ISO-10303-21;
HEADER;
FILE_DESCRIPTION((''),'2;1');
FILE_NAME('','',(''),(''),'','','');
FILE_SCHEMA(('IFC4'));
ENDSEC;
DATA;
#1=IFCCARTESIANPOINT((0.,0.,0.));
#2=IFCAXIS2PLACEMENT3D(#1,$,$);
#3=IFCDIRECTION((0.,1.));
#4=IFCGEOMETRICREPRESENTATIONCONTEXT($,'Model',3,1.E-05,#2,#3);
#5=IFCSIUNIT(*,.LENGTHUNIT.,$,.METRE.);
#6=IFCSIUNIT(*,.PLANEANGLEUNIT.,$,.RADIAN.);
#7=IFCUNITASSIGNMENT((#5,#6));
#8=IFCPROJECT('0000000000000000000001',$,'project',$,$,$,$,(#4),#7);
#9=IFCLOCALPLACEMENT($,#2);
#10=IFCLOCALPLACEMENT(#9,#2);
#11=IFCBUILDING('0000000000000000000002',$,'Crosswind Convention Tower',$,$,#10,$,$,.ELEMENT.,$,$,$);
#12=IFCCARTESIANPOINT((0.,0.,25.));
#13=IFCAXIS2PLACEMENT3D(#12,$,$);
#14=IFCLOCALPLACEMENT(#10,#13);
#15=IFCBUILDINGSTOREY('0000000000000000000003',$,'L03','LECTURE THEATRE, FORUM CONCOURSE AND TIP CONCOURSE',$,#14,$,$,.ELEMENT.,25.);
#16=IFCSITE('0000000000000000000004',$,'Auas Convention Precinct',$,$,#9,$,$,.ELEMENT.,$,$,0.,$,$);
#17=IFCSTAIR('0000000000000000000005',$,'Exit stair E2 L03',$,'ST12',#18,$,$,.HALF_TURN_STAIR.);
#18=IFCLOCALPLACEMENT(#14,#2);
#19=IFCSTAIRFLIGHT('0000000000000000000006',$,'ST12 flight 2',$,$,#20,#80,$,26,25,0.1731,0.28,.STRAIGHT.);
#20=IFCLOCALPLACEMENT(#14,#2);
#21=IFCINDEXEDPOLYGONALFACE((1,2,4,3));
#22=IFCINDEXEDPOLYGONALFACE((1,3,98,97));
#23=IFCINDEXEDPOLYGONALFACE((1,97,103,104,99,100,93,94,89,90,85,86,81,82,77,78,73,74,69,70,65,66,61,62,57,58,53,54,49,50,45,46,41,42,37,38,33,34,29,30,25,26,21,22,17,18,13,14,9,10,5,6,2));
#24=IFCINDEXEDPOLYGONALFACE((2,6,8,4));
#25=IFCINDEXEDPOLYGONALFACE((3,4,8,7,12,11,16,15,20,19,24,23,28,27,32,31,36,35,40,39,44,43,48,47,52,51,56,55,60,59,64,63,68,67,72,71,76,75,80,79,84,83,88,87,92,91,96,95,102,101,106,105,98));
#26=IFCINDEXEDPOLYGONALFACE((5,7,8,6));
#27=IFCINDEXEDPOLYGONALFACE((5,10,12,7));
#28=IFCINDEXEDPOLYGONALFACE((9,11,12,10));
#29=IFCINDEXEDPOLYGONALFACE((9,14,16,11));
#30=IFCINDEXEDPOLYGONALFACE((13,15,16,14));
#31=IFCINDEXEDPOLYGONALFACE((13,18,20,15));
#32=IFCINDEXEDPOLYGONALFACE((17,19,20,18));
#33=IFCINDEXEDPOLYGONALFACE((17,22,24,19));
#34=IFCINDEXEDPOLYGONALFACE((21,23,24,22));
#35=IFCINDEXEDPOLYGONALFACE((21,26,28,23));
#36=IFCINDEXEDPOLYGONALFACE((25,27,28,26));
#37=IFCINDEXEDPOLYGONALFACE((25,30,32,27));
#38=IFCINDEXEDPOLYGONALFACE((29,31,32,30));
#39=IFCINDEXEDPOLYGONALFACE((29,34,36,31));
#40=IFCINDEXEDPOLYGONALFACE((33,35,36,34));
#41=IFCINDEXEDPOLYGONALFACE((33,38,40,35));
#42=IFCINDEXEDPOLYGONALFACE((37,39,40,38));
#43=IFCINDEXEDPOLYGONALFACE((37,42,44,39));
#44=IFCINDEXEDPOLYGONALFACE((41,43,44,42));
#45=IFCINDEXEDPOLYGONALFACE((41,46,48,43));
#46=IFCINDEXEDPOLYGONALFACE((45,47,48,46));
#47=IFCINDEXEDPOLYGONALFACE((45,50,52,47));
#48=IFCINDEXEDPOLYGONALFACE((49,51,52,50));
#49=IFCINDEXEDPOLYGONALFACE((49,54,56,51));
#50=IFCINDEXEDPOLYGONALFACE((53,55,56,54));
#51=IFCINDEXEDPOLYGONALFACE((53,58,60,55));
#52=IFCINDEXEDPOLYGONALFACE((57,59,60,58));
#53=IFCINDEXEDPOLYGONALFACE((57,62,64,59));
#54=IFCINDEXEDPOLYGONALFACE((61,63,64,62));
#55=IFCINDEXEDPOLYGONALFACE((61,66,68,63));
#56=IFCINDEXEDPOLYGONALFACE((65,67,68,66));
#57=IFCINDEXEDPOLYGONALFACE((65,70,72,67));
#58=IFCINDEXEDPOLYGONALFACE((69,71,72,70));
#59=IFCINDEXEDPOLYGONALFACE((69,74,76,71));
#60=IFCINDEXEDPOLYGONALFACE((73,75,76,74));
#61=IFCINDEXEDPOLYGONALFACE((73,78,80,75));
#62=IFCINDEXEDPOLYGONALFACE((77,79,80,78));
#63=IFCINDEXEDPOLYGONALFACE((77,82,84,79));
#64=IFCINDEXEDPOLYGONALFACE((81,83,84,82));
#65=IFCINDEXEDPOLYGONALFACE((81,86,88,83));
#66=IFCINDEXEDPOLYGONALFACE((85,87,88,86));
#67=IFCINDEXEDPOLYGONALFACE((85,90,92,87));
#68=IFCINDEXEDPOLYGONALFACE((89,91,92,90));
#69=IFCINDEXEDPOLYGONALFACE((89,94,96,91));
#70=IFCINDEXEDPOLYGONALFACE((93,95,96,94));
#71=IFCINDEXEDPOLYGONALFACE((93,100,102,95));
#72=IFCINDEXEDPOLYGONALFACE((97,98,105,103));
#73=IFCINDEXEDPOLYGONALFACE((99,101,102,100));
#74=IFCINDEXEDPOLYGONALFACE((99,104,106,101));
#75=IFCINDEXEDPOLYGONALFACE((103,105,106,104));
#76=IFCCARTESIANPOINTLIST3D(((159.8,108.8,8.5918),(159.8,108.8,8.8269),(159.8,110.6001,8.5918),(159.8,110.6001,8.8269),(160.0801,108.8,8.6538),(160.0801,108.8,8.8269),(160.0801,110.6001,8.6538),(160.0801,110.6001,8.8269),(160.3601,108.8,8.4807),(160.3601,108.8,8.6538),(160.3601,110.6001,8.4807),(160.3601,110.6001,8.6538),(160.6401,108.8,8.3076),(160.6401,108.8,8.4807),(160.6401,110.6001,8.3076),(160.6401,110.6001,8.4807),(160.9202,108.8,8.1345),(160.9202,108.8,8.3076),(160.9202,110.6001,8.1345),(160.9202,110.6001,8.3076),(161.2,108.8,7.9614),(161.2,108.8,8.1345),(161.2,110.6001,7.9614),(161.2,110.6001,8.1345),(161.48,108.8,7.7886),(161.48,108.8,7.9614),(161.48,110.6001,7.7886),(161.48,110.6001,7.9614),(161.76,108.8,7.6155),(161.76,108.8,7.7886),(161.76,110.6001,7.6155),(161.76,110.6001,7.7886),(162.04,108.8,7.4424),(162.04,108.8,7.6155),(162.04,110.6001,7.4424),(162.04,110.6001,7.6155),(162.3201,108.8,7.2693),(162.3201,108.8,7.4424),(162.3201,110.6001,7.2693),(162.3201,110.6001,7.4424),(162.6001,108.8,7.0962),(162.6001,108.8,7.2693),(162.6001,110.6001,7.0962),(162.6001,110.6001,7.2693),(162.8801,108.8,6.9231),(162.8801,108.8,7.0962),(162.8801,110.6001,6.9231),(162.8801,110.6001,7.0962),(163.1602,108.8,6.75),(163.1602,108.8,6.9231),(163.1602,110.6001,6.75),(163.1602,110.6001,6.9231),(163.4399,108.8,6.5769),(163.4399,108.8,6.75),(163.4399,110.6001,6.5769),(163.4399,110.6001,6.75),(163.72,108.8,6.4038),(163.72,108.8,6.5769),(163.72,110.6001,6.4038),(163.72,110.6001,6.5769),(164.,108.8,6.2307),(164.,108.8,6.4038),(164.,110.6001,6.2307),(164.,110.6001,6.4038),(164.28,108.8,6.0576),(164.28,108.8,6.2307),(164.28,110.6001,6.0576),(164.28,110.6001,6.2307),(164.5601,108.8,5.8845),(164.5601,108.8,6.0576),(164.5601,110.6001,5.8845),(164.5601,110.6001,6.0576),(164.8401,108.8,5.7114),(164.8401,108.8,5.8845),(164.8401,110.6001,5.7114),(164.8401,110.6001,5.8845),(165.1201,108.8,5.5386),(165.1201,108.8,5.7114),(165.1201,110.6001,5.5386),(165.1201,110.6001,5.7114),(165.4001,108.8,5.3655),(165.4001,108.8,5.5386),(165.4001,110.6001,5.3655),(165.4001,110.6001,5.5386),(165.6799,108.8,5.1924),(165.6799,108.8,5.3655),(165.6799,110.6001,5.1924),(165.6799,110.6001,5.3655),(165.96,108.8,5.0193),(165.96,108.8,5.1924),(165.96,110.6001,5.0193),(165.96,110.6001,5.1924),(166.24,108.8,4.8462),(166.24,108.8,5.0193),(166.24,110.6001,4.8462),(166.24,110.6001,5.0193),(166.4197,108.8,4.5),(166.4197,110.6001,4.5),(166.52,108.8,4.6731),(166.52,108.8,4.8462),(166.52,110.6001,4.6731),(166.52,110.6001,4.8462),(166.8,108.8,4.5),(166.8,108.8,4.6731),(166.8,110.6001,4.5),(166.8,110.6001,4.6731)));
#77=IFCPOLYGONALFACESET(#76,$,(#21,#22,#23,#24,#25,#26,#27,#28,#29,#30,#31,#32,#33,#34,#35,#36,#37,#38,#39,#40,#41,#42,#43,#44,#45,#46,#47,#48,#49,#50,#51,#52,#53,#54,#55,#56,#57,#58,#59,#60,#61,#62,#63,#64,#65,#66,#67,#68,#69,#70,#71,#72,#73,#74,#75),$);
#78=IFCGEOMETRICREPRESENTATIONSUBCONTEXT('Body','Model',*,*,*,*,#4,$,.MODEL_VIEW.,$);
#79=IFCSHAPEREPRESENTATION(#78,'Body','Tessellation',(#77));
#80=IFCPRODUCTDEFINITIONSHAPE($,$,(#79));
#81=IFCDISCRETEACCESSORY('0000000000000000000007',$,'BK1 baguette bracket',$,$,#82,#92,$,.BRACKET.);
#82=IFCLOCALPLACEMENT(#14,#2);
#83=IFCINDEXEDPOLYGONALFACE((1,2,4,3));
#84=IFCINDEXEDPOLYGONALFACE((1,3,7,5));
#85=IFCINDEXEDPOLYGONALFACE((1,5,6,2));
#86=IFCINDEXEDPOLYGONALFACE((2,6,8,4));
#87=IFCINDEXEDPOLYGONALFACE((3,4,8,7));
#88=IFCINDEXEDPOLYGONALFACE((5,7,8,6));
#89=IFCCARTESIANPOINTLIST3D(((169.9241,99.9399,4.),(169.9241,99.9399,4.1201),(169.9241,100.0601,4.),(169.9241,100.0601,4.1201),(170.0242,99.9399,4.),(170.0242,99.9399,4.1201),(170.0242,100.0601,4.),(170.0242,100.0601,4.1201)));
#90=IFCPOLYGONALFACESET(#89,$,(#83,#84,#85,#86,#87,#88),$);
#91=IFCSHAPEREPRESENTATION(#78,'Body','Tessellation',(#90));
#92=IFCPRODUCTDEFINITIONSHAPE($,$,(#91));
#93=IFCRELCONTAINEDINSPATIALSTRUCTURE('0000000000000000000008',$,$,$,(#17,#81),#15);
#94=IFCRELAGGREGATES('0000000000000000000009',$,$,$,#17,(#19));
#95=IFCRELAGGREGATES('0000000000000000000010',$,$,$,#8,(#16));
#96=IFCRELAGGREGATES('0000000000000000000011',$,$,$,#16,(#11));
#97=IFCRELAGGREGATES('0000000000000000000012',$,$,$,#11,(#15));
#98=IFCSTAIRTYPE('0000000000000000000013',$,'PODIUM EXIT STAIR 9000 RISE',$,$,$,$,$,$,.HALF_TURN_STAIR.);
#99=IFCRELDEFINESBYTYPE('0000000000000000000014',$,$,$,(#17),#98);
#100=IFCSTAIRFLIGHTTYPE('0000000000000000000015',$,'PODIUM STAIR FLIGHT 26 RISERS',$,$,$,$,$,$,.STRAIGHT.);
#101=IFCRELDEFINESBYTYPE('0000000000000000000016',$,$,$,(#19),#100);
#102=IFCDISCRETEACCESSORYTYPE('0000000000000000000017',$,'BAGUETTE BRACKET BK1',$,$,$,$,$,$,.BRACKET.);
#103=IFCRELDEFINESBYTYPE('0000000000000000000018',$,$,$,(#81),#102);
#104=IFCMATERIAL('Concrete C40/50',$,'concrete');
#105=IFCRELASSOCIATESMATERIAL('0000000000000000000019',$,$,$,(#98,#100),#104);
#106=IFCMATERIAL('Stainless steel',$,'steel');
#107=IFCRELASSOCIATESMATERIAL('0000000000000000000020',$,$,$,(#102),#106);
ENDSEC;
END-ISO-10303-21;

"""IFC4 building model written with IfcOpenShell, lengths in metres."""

from ifc_helpers import new_model, si_unit, direction, frame, origin, origin_2d, place, context, subcontext, project, spatial, polyline, rectangle, outline, extrude, material, type_object, element, aggregate, save


model = new_model("IFC4")

# Units and contexts
model_context = context("Model", 3, precision=1e-05, world=origin(), true_north=direction((0.0, 1.0)))
body_context = subcontext(model_context, "Body", "Model", "MODEL_VIEW")
ifc_project = project(units=[si_unit("LENGTHUNIT", "METRE"), si_unit("PLANEANGLEUNIT", "RADIAN")], contexts=[model_context])

# Site, building, storey
site_placement = place(None, origin())
site = spatial("IfcSite", under=ifc_project, at=site_placement, Name="Auas Convention Precinct", CompositionType="ELEMENT", RefElevation=0.0)
building_placement = place(site_placement, origin())
building = spatial("IfcBuilding", under=site, at=building_placement, Name="Crosswind Convention Tower", CompositionType="ELEMENT")
storey_placement = place(building_placement, frame((0.0, 0.0, 25.0)))
storey = spatial("IfcBuildingStorey", under=building, at=storey_placement, Name="L03", Description="LECTURE THEATRE, FORUM CONCOURSE AND TIP CONCOURSE", CompositionType="ELEMENT", Elevation=25.0)

# Shared definitions
ifc_material_1 = material(Name="Concrete C40/50", Category="concrete")

# Stair, stair flight
stair_type = type_object("IfcStairType", Name="PODIUM EXIT STAIR 9000 RISE", PredefinedType="HALF_TURN_STAIR", material=ifc_material_1)
stair_placement = place(storey_placement, origin())
stair = element("IfcStair", 1, at=stair_placement, inside=storey, type_object=stair_type, Name="Exit stair E2 L03", ObjectType="ST12", PredefinedType="HALF_TURN_STAIR")
stair_flight_type = type_object("IfcStairFlightType", Name="PODIUM STAIR FLIGHT 26 RISERS", PredefinedType="STRAIGHT", material=ifc_material_1)
stair_flight_1_placement = place(storey_placement, frame((166.8, 109.7, 4.5), z_axis=(0.0, 0.0, 1.0), x_axis=(-1.0, 0.0, 0.0)))
stair_flight_1 = element("IfcStairFlight", 2, at=stair_flight_1_placement, type_object=stair_flight_type, Name="ST12 flight 2", NumberOfRisers=26, NumberOfTreads=25, PredefinedType="STRAIGHT", RiserHeight=0.1731, TreadLength=0.28, context=body_context, shape_type="SweptSolid", body=[
    extrude(outline(polyline([(0.0, 0.0), (0.0, 0.1731), (0.28, 0.1731), (0.28, 0.3462), (0.5601, 0.3462), (0.5601, 0.5193), (0.8401, 0.5193), (0.8401, 0.6924), (1.1201, 0.6924), (1.1201, 0.8655), (1.3999, 0.8655), (1.3999, 1.0386), (1.6799, 1.0386), (1.6799, 1.2114), (1.96, 1.2114), (1.96, 1.3845), (2.24, 1.3845), (2.24, 1.5576), (2.52, 1.5576), (2.52, 1.7307), (2.8, 1.7307), (2.8, 1.9038), (3.0801, 1.9038), (3.0801, 2.0769), (3.3601, 2.0769), (3.3601, 2.25), (3.6399, 2.25), (3.6399, 2.4231), (3.9199, 2.4231), (3.9199, 2.5962), (4.2, 2.5962), (4.2, 2.7693), (4.48, 2.7693), (4.48, 2.9424), (4.76, 2.9424), (4.76, 3.1155), (5.04, 3.1155), (5.04, 3.2886), (5.3201, 3.2886), (5.3201, 3.4614), (5.6001, 3.4614), (5.6001, 3.6345), (5.8799, 3.6345), (5.8799, 3.8076), (6.1599, 3.8076), (6.1599, 3.9807), (6.4399, 3.9807), (6.4399, 4.1538), (6.72, 4.1538), (6.72, 4.3269), (7.0, 4.3269), (7.0, 4.5), (7.0, 4.0918), (0.3804, 0.0), (0.0, 0.0)])), frame((0.0, 0.8999, 0.0), z_axis=(0.0, -1.0, 0.0), x_axis=(1.0, 0.0, 0.0)), (0.0, 0.0, 1.0), 1.8),
])
aggregate(stair, [stair_flight_1])

# Shared definitions
ifc_material_2 = material(Name="Stainless steel", Category="steel")

# Discrete accessory
discrete_accessory_type = type_object("IfcDiscreteAccessoryType", Name="BAGUETTE BRACKET BK1", PredefinedType="BRACKET", material=ifc_material_2)
discrete_accessory_placement = place(storey_placement, frame((169.9741, 100.0, 4.0), z_axis=(0.0, 0.0, 1.0), x_axis=(0.0, 1.0, 0.0)))
element("IfcDiscreteAccessory", 3, at=discrete_accessory_placement, inside=storey, type_object=discrete_accessory_type, Name="BK1 baguette bracket", PredefinedType="BRACKET", context=body_context, shape_type="SweptSolid", body=[
    extrude(rectangle(XDim=0.1201, YDim=0.1001, at=origin_2d()), origin(), (0.0, 0.0, 1.0), 0.1201),
])

save(model, "model.ifc")
